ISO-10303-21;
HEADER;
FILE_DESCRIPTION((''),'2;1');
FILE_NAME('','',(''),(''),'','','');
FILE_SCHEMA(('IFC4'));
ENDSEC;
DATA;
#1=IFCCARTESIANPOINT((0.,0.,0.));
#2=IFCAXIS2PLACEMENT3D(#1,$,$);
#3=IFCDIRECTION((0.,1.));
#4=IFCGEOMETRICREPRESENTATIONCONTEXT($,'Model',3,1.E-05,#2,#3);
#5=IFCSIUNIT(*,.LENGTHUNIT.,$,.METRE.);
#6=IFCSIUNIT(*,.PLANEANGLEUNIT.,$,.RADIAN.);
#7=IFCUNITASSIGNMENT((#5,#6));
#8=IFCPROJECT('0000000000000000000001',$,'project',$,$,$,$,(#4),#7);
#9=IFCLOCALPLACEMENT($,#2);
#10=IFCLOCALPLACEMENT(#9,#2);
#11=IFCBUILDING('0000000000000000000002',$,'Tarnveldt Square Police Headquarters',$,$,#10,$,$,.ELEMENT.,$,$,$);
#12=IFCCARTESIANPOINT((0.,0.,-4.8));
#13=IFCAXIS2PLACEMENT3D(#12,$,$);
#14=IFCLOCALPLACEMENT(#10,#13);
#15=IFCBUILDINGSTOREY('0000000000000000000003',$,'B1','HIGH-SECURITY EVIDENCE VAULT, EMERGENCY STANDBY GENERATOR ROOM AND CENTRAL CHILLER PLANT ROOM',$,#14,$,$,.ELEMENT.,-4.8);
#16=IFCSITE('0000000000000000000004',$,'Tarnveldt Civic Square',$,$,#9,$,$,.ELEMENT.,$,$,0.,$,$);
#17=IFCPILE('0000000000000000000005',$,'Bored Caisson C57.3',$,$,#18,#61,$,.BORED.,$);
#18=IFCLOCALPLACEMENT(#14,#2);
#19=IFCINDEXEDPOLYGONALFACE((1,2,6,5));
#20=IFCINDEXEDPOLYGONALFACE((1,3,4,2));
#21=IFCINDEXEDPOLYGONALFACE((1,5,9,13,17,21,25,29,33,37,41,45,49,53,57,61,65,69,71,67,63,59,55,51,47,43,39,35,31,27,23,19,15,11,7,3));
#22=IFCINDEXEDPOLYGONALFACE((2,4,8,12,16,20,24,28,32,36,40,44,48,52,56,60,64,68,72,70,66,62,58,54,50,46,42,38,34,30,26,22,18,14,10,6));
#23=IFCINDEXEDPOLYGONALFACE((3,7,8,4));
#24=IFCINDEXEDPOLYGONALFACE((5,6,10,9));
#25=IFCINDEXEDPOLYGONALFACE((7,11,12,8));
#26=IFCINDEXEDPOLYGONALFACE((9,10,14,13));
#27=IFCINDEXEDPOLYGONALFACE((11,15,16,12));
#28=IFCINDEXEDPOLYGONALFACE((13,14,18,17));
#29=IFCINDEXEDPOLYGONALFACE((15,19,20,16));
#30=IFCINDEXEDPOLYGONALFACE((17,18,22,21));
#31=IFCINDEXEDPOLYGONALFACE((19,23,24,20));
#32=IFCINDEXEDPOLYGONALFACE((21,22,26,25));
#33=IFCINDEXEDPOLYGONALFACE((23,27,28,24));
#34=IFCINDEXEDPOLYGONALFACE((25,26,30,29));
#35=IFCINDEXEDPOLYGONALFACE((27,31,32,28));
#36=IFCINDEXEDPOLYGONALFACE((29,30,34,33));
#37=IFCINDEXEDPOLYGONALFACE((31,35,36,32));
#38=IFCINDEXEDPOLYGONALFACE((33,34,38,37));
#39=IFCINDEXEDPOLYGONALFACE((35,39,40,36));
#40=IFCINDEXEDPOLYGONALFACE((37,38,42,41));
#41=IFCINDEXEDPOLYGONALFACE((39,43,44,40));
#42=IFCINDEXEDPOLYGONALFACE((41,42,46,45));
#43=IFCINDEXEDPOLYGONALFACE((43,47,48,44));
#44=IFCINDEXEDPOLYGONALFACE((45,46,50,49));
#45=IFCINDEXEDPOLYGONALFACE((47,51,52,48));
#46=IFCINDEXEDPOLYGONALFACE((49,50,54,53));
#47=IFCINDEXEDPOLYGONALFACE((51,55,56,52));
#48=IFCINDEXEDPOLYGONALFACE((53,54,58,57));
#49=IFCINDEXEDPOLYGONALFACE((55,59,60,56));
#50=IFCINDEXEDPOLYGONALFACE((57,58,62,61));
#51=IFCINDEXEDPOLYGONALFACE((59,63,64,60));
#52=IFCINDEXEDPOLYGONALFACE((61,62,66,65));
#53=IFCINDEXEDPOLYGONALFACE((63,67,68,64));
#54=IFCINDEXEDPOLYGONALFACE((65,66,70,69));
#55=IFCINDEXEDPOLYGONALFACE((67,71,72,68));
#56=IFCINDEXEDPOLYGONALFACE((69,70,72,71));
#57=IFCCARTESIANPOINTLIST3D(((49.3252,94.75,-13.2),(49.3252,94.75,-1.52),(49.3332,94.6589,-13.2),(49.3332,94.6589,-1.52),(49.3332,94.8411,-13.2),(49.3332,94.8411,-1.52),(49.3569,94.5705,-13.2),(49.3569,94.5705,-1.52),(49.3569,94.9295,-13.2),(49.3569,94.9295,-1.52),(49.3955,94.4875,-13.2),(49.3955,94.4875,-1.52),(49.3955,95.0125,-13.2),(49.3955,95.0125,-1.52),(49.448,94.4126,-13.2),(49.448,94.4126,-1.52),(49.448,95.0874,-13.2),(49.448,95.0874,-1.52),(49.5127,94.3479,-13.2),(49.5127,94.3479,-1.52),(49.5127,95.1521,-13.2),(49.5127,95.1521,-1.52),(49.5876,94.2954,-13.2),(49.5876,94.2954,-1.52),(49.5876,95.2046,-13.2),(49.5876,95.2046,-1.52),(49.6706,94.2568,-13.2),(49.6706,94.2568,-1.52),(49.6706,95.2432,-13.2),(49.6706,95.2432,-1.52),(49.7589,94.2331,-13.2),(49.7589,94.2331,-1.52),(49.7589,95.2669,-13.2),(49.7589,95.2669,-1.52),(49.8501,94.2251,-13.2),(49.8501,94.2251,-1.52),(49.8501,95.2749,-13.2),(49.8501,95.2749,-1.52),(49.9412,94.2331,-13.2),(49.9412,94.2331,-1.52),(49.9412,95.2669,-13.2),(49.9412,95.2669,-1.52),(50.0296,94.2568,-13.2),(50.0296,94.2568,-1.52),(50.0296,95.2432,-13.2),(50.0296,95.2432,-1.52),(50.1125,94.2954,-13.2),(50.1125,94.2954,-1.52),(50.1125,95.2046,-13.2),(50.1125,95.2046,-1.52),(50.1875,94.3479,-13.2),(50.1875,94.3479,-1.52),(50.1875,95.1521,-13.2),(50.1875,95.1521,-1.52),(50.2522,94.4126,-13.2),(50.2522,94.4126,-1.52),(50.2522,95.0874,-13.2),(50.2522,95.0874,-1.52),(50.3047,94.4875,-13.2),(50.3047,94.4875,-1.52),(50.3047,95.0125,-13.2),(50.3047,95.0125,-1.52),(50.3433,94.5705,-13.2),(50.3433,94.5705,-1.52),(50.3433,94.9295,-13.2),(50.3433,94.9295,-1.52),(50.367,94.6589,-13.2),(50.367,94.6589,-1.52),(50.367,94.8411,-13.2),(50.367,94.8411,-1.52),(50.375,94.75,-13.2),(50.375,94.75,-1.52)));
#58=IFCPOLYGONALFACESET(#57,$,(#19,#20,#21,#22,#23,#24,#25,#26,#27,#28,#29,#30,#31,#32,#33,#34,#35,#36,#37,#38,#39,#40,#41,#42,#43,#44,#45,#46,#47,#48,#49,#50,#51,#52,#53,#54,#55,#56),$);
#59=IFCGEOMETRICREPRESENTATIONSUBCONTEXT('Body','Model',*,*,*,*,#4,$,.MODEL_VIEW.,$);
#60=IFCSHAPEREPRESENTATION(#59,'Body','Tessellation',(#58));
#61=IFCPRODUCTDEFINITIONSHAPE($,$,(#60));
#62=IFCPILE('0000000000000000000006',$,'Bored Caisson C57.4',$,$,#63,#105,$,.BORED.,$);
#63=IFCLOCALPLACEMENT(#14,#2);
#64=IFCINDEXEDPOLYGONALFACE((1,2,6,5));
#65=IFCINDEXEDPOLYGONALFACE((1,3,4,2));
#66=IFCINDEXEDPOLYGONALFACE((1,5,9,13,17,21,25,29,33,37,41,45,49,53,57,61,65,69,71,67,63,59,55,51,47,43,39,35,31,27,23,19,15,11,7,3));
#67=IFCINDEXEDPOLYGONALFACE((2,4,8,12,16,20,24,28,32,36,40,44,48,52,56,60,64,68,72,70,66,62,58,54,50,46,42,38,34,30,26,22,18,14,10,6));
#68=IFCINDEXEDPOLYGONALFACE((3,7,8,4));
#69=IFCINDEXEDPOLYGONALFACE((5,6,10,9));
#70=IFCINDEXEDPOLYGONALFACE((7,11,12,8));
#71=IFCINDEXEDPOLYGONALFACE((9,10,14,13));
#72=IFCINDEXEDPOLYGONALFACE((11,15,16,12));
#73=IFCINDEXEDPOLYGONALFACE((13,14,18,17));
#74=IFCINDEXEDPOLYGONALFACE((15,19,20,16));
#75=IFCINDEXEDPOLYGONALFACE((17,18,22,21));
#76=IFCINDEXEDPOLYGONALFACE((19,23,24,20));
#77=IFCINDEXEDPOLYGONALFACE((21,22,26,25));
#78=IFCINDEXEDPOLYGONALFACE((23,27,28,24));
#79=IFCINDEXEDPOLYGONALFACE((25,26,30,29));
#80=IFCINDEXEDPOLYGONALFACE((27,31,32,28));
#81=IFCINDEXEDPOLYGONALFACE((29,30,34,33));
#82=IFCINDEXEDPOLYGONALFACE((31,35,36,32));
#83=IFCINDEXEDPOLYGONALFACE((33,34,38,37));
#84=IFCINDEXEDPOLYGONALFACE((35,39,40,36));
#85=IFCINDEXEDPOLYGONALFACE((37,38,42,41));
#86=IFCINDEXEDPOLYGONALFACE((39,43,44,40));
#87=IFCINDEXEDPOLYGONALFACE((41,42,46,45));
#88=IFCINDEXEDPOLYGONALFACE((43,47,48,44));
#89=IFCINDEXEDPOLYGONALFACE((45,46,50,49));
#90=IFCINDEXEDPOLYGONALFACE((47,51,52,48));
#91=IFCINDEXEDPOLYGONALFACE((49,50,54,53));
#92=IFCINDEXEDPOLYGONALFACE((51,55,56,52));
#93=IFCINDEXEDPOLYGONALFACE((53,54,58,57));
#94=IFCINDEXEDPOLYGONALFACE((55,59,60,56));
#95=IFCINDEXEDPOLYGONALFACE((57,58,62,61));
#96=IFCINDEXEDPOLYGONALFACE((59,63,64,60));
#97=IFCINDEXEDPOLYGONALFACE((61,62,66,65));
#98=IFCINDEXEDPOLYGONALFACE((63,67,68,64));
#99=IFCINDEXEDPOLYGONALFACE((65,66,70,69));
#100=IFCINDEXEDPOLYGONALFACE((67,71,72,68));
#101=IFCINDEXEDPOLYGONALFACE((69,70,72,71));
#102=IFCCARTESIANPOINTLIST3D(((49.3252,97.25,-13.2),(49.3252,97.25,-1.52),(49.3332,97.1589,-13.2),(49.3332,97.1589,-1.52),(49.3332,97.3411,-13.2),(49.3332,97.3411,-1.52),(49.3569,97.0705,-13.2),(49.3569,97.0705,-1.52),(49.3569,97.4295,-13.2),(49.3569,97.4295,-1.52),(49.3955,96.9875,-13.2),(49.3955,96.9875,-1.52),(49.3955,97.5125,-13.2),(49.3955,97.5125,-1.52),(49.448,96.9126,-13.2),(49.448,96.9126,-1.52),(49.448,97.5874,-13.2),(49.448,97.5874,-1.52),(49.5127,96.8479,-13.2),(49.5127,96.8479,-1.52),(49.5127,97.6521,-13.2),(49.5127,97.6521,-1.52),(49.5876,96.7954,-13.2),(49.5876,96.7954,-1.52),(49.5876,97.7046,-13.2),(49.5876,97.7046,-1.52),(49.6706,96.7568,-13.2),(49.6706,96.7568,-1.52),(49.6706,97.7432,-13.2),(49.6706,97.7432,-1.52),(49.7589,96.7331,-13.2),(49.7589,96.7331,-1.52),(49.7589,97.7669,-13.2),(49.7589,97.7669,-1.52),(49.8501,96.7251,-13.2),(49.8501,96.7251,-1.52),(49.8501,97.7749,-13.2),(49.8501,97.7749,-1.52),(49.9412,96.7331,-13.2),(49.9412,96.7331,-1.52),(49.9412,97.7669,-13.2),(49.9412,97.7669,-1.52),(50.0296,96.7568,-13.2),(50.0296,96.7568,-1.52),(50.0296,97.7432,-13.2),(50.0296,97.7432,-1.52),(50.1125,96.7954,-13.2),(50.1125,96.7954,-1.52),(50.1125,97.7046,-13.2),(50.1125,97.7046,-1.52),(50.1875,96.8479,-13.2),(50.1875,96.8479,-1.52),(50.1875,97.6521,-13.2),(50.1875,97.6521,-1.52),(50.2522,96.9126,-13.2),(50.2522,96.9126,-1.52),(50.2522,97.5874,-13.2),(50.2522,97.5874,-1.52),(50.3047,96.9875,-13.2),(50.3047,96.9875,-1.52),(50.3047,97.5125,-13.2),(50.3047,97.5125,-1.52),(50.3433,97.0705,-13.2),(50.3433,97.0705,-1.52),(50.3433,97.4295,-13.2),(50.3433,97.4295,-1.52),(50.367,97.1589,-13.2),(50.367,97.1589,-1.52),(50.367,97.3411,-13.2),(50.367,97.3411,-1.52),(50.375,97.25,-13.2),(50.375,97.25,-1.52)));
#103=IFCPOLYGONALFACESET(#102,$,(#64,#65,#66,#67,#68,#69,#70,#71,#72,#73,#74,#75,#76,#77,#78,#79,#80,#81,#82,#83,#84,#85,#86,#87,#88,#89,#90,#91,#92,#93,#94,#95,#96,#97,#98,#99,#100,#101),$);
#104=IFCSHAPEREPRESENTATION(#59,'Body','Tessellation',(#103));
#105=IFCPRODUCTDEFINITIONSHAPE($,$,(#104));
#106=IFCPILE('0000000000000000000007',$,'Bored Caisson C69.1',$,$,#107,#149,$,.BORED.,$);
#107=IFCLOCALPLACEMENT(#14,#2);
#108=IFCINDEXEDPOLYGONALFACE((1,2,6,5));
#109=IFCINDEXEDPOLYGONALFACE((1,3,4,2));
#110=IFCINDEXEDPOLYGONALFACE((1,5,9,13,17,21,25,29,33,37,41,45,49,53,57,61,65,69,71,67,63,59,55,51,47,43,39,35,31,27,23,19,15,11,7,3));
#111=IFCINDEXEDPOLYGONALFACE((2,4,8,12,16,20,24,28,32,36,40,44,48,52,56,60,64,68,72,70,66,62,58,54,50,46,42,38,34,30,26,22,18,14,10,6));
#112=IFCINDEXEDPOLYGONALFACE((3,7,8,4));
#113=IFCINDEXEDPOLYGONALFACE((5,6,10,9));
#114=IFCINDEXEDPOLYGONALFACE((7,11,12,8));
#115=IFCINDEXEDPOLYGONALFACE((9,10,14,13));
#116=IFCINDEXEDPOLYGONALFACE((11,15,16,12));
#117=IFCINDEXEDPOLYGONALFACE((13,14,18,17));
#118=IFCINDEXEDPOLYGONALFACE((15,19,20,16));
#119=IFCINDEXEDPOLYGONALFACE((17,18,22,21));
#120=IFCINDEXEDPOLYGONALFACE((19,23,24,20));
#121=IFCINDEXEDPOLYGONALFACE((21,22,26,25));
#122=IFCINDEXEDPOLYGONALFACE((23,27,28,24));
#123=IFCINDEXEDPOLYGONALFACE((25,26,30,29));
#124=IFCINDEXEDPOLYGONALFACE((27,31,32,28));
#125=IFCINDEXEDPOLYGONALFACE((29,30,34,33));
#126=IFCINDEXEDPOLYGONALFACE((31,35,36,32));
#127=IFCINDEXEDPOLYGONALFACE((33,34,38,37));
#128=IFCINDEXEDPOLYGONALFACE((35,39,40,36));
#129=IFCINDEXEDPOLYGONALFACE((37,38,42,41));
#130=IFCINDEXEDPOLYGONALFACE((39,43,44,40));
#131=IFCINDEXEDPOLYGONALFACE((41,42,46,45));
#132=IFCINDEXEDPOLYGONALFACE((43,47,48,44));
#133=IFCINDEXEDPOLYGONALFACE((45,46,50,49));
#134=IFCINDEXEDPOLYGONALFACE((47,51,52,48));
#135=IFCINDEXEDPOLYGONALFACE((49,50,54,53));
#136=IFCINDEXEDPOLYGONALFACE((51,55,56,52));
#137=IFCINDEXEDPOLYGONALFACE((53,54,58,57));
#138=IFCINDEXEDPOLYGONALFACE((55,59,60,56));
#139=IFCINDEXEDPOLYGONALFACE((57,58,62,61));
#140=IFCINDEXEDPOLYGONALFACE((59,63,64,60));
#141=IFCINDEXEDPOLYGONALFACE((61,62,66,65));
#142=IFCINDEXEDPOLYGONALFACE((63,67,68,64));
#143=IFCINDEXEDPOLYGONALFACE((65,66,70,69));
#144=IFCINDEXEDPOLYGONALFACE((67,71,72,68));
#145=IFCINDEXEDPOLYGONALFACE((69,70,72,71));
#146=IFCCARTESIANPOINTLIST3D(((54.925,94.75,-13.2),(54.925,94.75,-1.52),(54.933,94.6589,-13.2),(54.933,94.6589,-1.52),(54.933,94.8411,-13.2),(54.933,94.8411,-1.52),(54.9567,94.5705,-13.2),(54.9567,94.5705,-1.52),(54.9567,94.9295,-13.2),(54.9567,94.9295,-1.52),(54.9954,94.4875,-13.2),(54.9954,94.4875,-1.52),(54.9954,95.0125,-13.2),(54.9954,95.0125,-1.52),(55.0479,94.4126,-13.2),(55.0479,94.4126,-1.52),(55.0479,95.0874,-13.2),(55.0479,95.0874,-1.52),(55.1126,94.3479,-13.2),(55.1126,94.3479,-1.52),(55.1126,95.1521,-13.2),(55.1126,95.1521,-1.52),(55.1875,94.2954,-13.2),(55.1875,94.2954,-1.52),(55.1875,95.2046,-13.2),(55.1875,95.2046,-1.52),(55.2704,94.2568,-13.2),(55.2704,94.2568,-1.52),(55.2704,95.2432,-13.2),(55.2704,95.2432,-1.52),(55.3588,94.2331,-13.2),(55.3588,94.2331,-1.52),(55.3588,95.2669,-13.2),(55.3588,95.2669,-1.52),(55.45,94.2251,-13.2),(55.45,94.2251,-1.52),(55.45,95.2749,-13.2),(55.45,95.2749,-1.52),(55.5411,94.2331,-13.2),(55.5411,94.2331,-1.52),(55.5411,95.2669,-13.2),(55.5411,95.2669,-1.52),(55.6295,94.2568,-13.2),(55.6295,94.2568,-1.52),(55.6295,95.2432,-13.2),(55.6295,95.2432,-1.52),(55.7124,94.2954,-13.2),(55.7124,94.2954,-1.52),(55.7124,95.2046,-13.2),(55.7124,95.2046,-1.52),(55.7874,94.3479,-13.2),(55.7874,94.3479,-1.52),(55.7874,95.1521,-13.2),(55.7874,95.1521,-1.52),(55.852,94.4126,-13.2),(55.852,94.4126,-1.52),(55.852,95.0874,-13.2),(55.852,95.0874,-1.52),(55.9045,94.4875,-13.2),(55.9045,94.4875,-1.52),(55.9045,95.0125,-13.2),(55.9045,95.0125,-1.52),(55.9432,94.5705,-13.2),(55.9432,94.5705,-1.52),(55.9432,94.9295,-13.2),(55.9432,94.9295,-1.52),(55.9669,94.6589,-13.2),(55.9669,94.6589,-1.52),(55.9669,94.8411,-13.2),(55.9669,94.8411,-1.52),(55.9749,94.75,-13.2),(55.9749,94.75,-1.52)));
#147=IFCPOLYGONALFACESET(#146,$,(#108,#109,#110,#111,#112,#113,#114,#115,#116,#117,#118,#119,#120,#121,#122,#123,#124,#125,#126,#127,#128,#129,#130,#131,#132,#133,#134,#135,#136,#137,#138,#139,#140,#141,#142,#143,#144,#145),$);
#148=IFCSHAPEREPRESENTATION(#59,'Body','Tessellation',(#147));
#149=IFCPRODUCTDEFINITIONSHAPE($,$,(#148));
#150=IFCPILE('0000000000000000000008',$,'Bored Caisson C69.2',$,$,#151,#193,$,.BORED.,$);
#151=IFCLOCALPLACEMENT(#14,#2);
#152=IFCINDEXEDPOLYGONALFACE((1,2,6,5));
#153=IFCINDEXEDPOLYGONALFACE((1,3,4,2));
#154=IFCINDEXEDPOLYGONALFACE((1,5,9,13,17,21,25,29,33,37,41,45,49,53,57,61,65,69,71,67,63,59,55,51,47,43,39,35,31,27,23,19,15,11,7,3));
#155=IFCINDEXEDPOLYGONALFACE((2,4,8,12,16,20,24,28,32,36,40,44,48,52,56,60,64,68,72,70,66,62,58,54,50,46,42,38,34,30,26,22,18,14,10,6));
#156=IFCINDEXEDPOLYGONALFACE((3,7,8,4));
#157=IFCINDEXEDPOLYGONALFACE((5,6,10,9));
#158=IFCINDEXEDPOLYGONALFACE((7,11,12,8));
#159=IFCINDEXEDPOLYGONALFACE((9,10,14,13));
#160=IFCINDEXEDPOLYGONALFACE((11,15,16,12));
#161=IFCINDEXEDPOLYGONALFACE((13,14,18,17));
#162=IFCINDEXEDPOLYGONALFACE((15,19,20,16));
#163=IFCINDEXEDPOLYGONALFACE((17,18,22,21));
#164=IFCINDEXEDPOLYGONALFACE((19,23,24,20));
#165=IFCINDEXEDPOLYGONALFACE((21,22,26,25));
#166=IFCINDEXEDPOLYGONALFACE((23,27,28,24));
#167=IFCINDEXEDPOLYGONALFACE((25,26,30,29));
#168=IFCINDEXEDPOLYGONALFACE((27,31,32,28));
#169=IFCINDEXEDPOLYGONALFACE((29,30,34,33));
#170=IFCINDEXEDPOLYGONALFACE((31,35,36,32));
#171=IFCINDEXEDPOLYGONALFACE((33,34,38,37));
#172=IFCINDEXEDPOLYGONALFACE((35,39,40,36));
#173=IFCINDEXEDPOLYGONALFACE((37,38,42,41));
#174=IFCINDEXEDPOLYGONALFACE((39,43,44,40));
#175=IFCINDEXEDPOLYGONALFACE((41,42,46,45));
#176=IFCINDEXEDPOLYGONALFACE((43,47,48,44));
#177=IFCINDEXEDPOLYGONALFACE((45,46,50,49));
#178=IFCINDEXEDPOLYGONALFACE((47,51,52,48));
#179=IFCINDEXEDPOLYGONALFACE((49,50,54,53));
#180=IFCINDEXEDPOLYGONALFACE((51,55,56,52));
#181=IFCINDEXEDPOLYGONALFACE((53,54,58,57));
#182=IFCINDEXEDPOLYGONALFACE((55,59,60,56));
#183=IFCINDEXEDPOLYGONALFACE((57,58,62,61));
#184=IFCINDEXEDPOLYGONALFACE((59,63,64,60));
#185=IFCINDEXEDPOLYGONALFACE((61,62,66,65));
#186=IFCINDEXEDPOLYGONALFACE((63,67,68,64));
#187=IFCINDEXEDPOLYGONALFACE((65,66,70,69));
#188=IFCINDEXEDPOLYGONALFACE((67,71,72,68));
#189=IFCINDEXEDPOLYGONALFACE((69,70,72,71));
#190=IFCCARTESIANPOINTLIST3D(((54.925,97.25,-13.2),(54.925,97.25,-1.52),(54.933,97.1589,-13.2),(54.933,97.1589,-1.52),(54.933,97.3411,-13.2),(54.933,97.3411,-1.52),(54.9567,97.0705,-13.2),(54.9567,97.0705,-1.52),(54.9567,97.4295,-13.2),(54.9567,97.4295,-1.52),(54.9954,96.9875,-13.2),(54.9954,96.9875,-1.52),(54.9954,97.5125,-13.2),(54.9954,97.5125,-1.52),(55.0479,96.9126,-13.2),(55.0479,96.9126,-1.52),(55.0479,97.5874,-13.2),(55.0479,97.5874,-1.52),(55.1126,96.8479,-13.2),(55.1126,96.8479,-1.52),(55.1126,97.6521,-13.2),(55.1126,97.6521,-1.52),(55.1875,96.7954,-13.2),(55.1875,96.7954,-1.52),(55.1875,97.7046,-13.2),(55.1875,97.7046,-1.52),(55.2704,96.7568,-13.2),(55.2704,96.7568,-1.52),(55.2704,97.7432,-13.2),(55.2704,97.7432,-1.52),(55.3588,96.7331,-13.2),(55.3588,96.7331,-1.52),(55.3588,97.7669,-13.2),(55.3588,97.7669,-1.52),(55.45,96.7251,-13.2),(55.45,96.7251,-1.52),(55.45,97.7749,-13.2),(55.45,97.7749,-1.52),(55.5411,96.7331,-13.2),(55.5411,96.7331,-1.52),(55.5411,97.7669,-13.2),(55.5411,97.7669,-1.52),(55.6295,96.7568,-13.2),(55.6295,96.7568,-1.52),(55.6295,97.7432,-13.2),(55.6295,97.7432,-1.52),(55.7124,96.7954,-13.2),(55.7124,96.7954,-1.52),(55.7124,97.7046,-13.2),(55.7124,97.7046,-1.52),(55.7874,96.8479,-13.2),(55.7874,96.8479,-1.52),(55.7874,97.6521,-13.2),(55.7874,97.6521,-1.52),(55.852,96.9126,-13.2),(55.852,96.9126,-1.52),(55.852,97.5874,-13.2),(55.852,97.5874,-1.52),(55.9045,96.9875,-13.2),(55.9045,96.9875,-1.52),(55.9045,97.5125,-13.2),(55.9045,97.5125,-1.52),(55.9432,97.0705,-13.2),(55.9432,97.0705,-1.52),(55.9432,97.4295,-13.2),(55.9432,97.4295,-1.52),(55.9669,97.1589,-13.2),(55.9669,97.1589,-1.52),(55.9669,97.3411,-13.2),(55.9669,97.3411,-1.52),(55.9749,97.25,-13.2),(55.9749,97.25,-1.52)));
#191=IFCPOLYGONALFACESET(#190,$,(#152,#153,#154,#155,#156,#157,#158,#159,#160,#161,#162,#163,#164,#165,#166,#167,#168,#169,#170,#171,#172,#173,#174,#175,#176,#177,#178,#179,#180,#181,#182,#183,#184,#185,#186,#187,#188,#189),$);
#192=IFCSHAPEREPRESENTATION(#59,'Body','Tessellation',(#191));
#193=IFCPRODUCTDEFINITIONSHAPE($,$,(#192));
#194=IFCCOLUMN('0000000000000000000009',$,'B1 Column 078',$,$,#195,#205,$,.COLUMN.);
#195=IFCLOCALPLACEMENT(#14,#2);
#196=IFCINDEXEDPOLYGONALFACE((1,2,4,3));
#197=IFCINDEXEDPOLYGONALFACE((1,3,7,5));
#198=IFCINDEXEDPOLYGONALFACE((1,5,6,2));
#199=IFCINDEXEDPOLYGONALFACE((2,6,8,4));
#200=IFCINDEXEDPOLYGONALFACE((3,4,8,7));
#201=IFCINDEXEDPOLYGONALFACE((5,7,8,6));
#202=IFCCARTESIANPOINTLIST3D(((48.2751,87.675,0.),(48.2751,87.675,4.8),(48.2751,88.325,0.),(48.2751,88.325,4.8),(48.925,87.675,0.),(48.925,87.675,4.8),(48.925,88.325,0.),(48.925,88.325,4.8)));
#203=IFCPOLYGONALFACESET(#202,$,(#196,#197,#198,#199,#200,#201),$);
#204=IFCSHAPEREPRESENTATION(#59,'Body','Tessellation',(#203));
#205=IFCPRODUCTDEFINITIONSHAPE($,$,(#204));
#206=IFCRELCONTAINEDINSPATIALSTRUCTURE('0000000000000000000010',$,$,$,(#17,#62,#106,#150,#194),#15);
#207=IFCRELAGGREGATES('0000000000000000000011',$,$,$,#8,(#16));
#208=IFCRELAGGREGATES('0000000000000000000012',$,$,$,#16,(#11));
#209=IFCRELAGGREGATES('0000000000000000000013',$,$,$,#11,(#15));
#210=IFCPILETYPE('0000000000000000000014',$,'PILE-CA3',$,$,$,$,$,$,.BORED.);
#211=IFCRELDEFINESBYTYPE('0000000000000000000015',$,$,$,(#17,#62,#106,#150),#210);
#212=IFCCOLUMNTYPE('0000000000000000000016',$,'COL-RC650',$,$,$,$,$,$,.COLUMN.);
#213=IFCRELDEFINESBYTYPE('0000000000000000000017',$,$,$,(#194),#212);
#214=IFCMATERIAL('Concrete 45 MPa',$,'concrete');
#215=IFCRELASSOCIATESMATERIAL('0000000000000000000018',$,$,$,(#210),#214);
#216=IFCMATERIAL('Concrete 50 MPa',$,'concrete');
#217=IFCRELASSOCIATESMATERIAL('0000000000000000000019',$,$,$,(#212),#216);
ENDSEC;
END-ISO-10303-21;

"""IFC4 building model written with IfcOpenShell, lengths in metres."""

from ifc_helpers import new_model, si_unit, direction, frame, origin, origin_2d, place, context, subcontext, project, spatial, rectangle, circle, extrude, material, material_profile, profile_set, type_object, element, save


model = new_model("IFC4")

# Units and contexts
model_context = context("Model", 3, precision=1e-05, world=origin(), true_north=direction((0.0, 1.0)))
body_context = subcontext(model_context, "Body", "Model", "MODEL_VIEW")
ifc_project = project(units=[si_unit("LENGTHUNIT", "METRE"), si_unit("PLANEANGLEUNIT", "RADIAN")], contexts=[model_context])

# Site, building, storey
site_placement = place(None, origin())
site = spatial("IfcSite", under=ifc_project, at=site_placement, Name="Tarnveldt Civic Square", CompositionType="ELEMENT", RefElevation=0.0)
building_placement = place(site_placement, origin())
building = spatial("IfcBuilding", under=site, at=building_placement, Name="Tarnveldt Square Police Headquarters", CompositionType="ELEMENT")
storey_placement = place(building_placement, frame((0.0, 0.0, -4.8)))
storey = spatial("IfcBuildingStorey", under=building, at=storey_placement, Name="B1", Description="HIGH-SECURITY EVIDENCE VAULT, EMERGENCY STANDBY GENERATOR ROOM AND CENTRAL CHILLER PLANT ROOM", CompositionType="ELEMENT", Elevation=-4.8)

# Shared definitions
ifc_material_1 = material(Name="Concrete 45 MPa", Category="concrete")

# Piles
ifc_material_profile_1 = material_profile(ifc_material_1, circle(Radius=0.5249, at=origin_2d()), Name="CAISSON-D1050")
ifc_profile_set_1 = profile_set([ifc_material_profile_1], Name="Concrete 45 MPa")
pile_type_1 = type_object("IfcPileType", Name="PILE-CA3", PredefinedType="BORED", material=ifc_profile_set_1)
for number, where, z_axis, x_axis, name in (
    (1, (49.8501, 94.75, -1.52), (0.0, 0.0, -1.0), (1.0, 0.0, 0.0), "Bored Caisson C57.3"),
    (2, (49.8501, 97.25, -1.52), (0.0, 0.0, -1.0), (1.0, 0.0, 0.0), "Bored Caisson C57.4"),
    (3, (55.45, 94.75, -1.52), (0.0, 0.0, -1.0), (1.0, 0.0, 0.0), "Bored Caisson C69.1"),
    (4, (55.45, 97.25, -1.52), (0.0, 0.0, -1.0), (1.0, 0.0, 0.0), "Bored Caisson C69.2"),
):
    element("IfcPile", number, at=place(storey_placement, frame(where, z_axis=z_axis, x_axis=x_axis)), inside=storey, type_object=pile_type_1, Name=name, PredefinedType="BORED", context=body_context, shape_type="SweptSolid", body=[
        extrude(circle(Radius=0.5249, at=origin_2d()), origin(), (0.0, 0.0, 1.0), 11.6799),
    ])

# Column
ifc_material_2 = material(Name="Concrete 50 MPa", Category="concrete")
ifc_material_profile_2 = material_profile(ifc_material_2, rectangle(XDim=0.6499, YDim=0.6499, at=origin_2d()), Name="RC-C650x650")
ifc_profile_set_2 = profile_set([ifc_material_profile_2], Name="Concrete 50 MPa")
column_type_1 = type_object("IfcColumnType", Name="COL-RC650", PredefinedType="COLUMN", material=ifc_profile_set_2)
column_1_placement = place(storey_placement, frame((48.6001, 88.0, 0.0), z_axis=(0.0, 0.0, 1.0), x_axis=(1.0, 0.0, 0.0)))
element("IfcColumn", 5, at=column_1_placement, inside=storey, type_object=column_type_1, Name="B1 Column 078", PredefinedType="COLUMN", context=body_context, shape_type="SweptSolid", body=[
    extrude(rectangle(XDim=0.6499, YDim=0.6499, at=origin_2d()), origin(), (0.0, 0.0, 1.0), 4.8),
])

save(model, "model.ifc")
